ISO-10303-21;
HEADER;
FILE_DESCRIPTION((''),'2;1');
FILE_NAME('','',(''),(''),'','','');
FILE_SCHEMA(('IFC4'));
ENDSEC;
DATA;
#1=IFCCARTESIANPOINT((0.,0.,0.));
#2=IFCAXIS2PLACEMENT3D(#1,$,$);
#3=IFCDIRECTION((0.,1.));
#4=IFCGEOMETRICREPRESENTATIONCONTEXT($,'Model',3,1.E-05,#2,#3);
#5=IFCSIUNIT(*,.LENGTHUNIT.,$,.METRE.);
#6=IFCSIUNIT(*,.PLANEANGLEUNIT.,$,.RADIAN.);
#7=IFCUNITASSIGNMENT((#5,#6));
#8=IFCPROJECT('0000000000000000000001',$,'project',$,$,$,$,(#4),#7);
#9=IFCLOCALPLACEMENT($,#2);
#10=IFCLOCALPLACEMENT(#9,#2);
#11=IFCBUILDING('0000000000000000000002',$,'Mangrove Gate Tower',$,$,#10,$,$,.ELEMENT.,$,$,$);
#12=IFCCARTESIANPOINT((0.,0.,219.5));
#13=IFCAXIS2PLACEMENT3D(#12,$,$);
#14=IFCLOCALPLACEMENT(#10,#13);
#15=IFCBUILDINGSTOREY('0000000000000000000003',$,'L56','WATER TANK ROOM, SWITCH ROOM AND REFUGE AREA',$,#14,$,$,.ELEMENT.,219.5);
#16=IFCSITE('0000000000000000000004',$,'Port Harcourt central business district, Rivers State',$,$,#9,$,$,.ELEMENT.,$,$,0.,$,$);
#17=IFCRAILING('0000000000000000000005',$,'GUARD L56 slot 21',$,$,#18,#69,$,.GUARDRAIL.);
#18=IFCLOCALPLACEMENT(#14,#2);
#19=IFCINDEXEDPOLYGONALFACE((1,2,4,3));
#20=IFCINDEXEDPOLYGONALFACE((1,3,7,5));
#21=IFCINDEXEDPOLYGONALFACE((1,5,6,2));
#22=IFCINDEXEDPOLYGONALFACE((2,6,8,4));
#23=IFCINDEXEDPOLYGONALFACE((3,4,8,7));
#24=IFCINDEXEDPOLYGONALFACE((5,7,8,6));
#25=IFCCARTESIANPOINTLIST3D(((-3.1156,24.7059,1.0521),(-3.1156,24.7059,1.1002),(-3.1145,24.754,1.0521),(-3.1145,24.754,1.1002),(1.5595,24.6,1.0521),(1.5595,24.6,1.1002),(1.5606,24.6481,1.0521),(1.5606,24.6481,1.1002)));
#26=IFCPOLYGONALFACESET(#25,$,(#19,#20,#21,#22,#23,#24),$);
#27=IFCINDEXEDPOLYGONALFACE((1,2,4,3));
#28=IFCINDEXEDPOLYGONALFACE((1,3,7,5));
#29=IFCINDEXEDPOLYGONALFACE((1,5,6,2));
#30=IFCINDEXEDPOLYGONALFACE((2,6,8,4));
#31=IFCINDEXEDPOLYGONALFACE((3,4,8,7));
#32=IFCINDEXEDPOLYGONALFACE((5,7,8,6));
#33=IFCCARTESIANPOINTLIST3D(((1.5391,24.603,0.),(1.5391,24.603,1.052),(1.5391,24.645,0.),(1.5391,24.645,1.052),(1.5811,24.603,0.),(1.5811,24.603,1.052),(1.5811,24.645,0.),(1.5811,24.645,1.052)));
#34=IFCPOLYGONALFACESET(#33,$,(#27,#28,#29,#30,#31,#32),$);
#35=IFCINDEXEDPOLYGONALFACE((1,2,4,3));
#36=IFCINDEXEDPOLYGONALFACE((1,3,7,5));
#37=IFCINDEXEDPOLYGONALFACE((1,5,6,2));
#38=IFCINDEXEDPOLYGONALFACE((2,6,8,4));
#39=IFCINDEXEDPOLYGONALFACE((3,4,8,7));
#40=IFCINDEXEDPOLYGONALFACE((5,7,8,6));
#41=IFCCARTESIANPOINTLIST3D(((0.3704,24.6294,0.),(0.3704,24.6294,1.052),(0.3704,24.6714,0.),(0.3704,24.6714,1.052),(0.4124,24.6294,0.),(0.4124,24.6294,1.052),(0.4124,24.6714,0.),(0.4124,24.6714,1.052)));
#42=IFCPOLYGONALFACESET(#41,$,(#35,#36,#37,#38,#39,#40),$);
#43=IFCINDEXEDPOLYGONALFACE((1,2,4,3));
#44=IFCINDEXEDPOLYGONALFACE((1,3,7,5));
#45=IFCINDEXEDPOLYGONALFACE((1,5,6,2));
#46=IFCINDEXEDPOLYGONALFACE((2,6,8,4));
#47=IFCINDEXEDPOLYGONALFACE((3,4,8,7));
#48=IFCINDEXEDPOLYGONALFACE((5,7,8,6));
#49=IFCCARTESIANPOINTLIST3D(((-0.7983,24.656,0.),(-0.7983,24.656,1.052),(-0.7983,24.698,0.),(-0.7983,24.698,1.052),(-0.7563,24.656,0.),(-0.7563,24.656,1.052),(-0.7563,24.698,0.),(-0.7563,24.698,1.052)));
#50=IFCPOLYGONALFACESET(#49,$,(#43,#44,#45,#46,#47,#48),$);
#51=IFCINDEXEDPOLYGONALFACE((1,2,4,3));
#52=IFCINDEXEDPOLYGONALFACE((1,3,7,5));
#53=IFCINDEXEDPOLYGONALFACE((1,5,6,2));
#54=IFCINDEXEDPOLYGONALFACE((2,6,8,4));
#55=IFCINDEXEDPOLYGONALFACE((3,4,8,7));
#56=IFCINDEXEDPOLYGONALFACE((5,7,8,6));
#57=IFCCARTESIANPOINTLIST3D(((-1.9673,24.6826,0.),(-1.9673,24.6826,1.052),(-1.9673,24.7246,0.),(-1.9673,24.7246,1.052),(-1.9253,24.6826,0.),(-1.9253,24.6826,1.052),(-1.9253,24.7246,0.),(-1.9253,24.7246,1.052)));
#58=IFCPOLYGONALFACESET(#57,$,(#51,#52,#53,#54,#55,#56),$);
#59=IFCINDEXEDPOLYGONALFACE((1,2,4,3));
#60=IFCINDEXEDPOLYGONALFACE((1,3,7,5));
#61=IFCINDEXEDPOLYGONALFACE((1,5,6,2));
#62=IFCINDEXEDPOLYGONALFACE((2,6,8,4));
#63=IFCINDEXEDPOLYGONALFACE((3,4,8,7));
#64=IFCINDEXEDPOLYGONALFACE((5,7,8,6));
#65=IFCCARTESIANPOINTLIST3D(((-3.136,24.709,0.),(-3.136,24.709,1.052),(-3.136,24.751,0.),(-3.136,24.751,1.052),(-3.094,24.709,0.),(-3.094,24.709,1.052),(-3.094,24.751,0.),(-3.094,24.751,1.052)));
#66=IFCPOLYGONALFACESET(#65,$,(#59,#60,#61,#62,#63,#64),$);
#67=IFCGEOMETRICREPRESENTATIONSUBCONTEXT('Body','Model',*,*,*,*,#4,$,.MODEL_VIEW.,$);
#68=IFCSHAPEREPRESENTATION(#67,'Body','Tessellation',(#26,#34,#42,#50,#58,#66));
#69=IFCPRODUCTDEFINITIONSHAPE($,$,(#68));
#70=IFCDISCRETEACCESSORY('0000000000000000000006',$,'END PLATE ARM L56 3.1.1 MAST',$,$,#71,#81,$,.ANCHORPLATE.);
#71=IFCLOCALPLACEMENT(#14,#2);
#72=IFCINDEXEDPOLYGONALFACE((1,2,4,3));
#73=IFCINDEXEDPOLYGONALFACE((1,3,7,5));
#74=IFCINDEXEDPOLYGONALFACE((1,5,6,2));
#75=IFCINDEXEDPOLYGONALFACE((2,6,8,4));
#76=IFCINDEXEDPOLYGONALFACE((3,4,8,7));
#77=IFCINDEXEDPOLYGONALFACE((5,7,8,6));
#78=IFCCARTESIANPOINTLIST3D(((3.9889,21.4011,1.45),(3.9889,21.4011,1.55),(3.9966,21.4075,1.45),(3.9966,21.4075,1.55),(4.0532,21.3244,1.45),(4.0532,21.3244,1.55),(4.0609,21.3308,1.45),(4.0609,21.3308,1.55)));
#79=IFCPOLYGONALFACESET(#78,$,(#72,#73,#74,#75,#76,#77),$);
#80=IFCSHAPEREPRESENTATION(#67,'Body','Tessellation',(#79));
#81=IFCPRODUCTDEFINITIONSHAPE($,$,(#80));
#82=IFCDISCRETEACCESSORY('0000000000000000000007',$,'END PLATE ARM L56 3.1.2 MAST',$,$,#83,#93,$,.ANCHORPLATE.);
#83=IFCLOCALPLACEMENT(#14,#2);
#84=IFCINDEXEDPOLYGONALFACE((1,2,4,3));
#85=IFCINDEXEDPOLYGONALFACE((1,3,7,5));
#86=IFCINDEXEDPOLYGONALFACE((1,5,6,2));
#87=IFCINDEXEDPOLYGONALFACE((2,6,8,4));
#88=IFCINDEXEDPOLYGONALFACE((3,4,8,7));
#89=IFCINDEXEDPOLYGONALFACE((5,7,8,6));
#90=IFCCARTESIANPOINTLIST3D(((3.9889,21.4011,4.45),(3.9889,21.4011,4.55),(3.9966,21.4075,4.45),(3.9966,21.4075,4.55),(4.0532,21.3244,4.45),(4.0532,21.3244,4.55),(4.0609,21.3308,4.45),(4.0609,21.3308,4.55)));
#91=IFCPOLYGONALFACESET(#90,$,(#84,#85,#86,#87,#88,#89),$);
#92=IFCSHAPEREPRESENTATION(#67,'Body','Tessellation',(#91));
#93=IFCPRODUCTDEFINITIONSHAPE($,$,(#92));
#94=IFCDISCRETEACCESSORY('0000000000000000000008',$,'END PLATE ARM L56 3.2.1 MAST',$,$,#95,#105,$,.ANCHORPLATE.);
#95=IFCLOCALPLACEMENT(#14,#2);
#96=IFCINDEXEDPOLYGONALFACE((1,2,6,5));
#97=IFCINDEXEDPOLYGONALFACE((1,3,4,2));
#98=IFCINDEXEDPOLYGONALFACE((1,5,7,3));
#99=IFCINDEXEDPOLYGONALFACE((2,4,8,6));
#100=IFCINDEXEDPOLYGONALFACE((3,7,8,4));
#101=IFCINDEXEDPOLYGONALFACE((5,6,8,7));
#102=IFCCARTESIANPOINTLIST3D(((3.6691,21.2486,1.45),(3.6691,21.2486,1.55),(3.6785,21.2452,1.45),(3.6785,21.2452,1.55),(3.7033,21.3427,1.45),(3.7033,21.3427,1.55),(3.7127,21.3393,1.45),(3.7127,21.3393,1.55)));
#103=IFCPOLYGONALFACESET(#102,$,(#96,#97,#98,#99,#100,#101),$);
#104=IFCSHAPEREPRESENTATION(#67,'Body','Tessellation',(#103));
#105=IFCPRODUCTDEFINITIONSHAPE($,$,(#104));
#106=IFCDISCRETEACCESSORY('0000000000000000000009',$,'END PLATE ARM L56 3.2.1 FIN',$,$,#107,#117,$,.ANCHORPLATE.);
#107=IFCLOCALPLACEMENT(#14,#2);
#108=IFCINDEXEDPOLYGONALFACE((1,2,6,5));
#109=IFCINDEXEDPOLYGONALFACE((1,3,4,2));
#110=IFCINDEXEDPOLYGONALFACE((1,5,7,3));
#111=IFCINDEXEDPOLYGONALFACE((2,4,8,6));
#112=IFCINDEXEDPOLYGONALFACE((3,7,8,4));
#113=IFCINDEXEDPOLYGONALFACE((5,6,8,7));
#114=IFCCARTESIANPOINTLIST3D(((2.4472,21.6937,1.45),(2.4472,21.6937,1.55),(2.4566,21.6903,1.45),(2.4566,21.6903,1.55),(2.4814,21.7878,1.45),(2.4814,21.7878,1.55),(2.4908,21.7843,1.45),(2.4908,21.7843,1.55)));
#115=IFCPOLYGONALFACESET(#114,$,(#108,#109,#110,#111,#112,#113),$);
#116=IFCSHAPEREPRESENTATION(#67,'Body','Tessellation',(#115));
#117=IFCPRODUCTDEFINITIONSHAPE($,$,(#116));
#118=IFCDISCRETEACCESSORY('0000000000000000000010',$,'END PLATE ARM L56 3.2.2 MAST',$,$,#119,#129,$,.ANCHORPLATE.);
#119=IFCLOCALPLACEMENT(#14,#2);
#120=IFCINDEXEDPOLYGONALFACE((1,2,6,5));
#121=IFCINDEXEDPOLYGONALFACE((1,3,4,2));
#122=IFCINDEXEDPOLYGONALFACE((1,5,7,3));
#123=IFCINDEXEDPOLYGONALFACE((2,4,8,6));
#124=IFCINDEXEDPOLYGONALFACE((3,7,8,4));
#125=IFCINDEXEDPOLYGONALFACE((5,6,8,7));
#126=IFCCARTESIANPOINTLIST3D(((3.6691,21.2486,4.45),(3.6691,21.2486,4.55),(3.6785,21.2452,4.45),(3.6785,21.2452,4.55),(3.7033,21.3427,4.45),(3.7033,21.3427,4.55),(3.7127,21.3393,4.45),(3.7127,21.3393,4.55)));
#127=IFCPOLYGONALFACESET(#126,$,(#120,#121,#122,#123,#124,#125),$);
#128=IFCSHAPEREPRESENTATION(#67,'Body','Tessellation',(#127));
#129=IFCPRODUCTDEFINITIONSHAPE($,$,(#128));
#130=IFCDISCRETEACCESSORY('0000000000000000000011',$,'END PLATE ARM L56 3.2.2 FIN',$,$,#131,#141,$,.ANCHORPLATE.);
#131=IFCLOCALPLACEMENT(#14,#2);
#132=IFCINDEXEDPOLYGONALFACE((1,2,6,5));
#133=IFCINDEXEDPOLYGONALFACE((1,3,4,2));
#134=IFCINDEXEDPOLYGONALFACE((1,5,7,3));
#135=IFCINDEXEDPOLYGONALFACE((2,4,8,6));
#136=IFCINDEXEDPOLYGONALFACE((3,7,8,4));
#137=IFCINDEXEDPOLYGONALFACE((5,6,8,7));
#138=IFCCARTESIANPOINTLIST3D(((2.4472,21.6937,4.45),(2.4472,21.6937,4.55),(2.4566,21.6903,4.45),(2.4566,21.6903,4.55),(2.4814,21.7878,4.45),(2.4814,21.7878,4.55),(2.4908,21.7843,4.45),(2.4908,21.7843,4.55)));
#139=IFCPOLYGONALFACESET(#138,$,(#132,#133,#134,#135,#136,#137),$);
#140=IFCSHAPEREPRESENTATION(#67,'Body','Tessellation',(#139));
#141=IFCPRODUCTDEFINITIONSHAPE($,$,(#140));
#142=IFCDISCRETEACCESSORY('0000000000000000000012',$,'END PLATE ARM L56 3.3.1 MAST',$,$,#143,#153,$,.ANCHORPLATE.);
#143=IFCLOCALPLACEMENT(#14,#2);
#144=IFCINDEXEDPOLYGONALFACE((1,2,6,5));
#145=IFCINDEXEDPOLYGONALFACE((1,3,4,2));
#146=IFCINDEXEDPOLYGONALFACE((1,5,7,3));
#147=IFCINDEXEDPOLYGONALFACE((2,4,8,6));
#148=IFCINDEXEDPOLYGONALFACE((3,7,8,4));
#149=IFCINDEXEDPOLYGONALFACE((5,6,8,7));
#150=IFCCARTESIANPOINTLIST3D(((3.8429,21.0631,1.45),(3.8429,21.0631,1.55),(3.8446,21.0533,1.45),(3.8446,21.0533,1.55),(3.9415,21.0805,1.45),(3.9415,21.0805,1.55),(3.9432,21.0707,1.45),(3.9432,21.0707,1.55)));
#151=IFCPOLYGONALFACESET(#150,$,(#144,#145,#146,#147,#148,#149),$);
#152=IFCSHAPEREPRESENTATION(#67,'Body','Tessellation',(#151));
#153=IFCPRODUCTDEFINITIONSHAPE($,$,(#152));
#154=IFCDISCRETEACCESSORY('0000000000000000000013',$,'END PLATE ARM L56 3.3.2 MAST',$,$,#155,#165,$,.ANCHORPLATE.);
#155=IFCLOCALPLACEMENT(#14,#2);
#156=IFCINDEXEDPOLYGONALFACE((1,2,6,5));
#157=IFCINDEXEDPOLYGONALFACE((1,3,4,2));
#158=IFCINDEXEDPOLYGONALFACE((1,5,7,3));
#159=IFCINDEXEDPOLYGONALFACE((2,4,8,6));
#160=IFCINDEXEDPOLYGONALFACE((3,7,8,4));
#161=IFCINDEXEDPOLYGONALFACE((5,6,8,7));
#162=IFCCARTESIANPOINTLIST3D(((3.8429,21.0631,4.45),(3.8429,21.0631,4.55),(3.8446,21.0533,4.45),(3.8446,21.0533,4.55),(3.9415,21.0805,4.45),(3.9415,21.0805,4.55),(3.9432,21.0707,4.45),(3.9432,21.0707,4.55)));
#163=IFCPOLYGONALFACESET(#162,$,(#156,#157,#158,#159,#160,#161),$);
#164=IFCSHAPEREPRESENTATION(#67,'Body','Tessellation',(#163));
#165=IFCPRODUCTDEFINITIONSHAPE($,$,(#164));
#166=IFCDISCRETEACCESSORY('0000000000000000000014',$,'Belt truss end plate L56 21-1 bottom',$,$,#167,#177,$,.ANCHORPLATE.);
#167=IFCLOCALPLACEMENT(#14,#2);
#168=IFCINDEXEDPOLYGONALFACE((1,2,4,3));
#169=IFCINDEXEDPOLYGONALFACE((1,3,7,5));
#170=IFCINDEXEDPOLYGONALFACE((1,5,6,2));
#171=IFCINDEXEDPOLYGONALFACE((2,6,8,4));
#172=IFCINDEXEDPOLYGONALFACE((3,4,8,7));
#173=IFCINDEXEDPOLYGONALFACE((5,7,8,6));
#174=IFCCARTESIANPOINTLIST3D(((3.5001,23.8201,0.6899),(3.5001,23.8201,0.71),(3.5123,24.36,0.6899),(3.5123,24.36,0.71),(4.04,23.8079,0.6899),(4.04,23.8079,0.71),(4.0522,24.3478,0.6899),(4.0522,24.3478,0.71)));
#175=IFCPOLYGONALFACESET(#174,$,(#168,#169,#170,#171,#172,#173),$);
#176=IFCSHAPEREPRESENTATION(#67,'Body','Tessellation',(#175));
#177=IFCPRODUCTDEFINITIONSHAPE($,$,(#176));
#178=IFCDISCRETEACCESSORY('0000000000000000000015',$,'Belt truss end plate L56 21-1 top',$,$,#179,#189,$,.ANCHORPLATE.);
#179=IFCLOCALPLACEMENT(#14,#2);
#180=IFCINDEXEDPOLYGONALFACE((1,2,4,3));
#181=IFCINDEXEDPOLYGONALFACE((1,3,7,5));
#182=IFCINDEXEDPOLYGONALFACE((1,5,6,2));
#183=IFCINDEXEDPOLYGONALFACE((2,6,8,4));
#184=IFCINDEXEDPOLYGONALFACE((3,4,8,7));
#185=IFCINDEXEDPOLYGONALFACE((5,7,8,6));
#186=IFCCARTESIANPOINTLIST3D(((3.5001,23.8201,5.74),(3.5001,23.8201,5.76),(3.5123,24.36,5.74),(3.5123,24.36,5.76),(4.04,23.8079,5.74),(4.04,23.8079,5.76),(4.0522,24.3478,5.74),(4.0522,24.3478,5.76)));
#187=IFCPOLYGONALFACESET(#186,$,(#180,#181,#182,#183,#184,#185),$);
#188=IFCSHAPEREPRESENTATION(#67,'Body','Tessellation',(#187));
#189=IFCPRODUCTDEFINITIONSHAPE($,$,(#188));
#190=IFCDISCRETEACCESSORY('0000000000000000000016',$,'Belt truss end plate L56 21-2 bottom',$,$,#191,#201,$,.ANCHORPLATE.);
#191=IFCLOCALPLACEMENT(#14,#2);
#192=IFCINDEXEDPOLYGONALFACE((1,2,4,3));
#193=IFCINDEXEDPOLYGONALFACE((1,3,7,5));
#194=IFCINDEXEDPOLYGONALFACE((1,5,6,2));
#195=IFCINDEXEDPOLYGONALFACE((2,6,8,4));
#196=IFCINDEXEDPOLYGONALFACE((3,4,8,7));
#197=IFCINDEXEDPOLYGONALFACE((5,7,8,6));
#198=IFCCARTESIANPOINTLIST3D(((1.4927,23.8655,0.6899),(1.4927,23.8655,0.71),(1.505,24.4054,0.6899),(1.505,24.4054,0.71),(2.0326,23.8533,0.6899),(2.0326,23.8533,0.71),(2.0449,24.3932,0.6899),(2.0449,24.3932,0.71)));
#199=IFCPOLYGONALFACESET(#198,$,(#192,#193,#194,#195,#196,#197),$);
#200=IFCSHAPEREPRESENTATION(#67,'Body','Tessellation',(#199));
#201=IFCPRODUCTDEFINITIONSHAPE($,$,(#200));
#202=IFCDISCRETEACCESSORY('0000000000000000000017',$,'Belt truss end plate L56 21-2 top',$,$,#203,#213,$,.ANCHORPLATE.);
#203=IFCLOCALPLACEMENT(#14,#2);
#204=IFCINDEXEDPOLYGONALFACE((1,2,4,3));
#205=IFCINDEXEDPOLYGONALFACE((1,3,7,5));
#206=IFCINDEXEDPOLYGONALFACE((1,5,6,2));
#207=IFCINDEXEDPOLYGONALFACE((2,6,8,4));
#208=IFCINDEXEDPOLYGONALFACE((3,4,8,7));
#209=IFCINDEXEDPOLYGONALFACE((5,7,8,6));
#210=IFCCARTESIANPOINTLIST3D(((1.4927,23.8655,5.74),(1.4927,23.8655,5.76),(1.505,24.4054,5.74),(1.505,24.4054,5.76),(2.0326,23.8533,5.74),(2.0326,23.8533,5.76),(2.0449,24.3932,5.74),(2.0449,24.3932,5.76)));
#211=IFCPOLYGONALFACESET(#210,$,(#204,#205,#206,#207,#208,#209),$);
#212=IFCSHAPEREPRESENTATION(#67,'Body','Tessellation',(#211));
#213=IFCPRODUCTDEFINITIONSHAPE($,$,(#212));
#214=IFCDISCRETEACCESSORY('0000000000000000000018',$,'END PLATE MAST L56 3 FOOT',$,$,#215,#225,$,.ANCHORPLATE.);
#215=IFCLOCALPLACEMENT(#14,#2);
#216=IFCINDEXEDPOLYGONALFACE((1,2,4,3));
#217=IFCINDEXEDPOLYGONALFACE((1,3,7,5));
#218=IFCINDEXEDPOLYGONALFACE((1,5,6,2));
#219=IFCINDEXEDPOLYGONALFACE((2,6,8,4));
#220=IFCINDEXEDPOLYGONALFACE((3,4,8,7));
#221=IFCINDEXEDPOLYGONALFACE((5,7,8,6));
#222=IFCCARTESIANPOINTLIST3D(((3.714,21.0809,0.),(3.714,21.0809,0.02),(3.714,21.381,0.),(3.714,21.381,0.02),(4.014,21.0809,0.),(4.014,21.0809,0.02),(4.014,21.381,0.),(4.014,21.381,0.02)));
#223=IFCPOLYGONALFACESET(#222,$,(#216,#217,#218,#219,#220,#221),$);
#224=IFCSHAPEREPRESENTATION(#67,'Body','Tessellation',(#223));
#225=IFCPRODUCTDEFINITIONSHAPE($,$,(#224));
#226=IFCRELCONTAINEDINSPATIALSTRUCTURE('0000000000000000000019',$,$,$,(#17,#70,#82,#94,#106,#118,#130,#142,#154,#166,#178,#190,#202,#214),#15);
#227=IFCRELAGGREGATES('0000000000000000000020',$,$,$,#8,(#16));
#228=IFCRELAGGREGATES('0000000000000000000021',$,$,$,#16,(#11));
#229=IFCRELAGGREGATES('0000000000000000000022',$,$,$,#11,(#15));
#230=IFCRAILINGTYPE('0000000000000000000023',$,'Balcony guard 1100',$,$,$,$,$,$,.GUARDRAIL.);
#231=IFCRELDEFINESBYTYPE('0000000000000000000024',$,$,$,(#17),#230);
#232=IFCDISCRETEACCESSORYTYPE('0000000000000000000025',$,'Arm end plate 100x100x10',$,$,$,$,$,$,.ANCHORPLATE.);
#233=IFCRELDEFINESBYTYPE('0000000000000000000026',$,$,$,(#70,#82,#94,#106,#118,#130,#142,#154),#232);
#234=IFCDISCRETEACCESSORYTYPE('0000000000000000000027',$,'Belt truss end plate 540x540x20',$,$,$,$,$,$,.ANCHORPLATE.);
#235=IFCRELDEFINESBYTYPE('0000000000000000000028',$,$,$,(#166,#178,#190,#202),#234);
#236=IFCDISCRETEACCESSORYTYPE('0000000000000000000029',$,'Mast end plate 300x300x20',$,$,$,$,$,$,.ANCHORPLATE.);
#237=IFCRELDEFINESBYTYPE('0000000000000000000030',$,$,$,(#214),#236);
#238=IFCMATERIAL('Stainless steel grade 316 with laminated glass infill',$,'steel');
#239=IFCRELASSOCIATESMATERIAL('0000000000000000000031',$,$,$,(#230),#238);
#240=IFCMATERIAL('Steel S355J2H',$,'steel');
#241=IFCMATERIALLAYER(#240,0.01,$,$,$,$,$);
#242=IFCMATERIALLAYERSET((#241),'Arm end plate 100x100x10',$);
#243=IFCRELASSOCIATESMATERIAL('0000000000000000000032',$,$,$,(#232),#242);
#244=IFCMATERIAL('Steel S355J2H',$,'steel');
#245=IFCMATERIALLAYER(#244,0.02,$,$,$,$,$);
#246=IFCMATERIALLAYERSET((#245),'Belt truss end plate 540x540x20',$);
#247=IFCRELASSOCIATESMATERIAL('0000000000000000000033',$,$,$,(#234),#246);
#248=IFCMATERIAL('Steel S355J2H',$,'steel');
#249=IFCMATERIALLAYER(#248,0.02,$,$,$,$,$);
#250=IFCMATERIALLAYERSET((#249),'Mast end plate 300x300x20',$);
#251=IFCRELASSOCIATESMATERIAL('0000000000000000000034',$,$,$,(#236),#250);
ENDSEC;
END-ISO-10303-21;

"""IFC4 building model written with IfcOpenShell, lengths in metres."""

from ifc_helpers import new_model, si_unit, direction, frame, origin, origin_2d, place, context, subcontext, project, spatial, rectangle, extrude, material, layer, layer_set, type_object, element, save


model = new_model("IFC4")

# Units and contexts
model_context = context("Model", 3, precision=1e-05, world=origin(), true_north=direction((0.0, 1.0)))
body_context = subcontext(model_context, "Body", "Model", "MODEL_VIEW")
ifc_project = project(units=[si_unit("LENGTHUNIT", "METRE"), si_unit("PLANEANGLEUNIT", "RADIAN")], contexts=[model_context])

# Site, building, storey
site_placement = place(None, origin())
site = spatial("IfcSite", under=ifc_project, at=site_placement, Name="Port Harcourt central business district, Rivers State", CompositionType="ELEMENT", RefElevation=0.0)
building_placement = place(site_placement, origin())
building = spatial("IfcBuilding", under=site, at=building_placement, Name="Mangrove Gate Tower", CompositionType="ELEMENT")
storey_placement = place(building_placement, frame((0.0, 0.0, 219.5)))
storey = spatial("IfcBuildingStorey", under=building, at=storey_placement, Name="L56", Description="WATER TANK ROOM, SWITCH ROOM AND REFUGE AREA", CompositionType="ELEMENT", Elevation=219.5)

# Railing
ifc_material_1 = material(Name="Stainless steel grade 316 with laminated glass infill", Category="steel")
railing_type = type_object("IfcRailingType", Name="Balcony guard 1100", PredefinedType="GUARDRAIL", material=ifc_material_1)
railing_placement = place(storey_placement, frame((1.5601, 24.624, 0.0)))
element("IfcRailing", 1, at=railing_placement, inside=storey, type_object=railing_type, Name="GUARD L56 slot 21", PredefinedType="GUARDRAIL", context=body_context, shape_type="SweptSolid", body=[
    extrude(rectangle(XDim=0.0481, YDim=0.0481, at=origin_2d()), frame((0.0, 0.0, 1.0762), z_axis=(-0.999743, 0.022659, 0.0), x_axis=(-0.022659, -0.999743, 0.0)), (0.0, 0.0, 1.0), 4.6763),
    extrude(rectangle(XDim=0.042, YDim=0.042, at=origin_2d()), origin(), (0.0, 0.0, 1.0), 1.052),
    extrude(rectangle(XDim=0.042, YDim=0.042, at=origin_2d()), frame((-1.1687, 0.0264, 0.0)), (0.0, 0.0, 1.0), 1.052),
    extrude(rectangle(XDim=0.042, YDim=0.042, at=origin_2d()), frame((-2.3374, 0.053, 0.0)), (0.0, 0.0, 1.0), 1.052),
    extrude(rectangle(XDim=0.042, YDim=0.042, at=origin_2d()), frame((-3.5063, 0.0796, 0.0)), (0.0, 0.0, 1.0), 1.052),
    extrude(rectangle(XDim=0.042, YDim=0.042, at=origin_2d()), frame((-4.675, 0.106, 0.0)), (0.0, 0.0, 1.0), 1.052),
])

# Discrete accessories
ifc_material_2 = material(Name="Steel S355J2H", Category="steel")
ifc_layer_1 = layer(ifc_material_2, 0.01)
ifc_layer_set_1 = layer_set([ifc_layer_1], Name="Arm end plate 100x100x10")
discrete_accessory_type_1 = type_object("IfcDiscreteAccessoryType", Name="Arm end plate 100x100x10", PredefinedType="ANCHORPLATE", material=ifc_layer_set_1)
for number, where, z_axis, x_axis, name in (
    (2, (4.0249, 21.366, 1.45), (0.0, 0.0, 1.0), (0.766044, 0.642788, 0.0), "END PLATE ARM L56 3.1.1 MAST"),
    (3, (4.0249, 21.366, 4.45), (0.0, 0.0, 1.0), (0.766044, 0.642788, 0.0), "END PLATE ARM L56 3.1.2 MAST"),
    (4, (3.6909, 21.2939, 1.45), (0.0, 0.0, 1.0), (-0.939693, 0.34202, 0.0), "END PLATE ARM L56 3.2.1 MAST"),
    (5, (2.469, 21.739, 1.45), (0.0, 0.0, 1.0), (-0.939693, 0.34202, 0.0), "END PLATE ARM L56 3.2.1 FIN"),
    (6, (3.6909, 21.2939, 4.45), (0.0, 0.0, 1.0), (-0.939693, 0.34202, 0.0), "END PLATE ARM L56 3.2.2 MAST"),
    (7, (2.469, 21.739, 4.45), (0.0, 0.0, 1.0), (-0.939693, 0.34202, 0.0), "END PLATE ARM L56 3.2.2 FIN"),
    (8, (3.8931, 21.0669, 1.45), (0.0, 0.0, 1.0), (0.173648, -0.984808, 0.0), "END PLATE ARM L56 3.3.1 MAST"),
    (9, (3.8931, 21.0669, 4.45), (0.0, 0.0, 1.0), (0.173648, -0.984808, 0.0), "END PLATE ARM L56 3.3.2 MAST"),
):
    element("IfcDiscreteAccessory", number, at=place(storey_placement, frame(where, z_axis=z_axis, x_axis=x_axis)), inside=storey, type_object=discrete_accessory_type_1, Name=name, PredefinedType="ANCHORPLATE", context=body_context, shape_type="SweptSolid", body=[
        extrude(rectangle(XDim=0.01, YDim=0.1001, at=origin_2d()), origin(), (0.0, 0.0, 1.0), 0.1001),
    ])
ifc_material_3 = material(Name="Steel S355J2H", Category="steel")
ifc_layer_2 = layer(ifc_material_3, 0.02)
ifc_layer_set_2 = layer_set([ifc_layer_2], Name="Belt truss end plate 540x540x20")
discrete_accessory_type_2 = type_object("IfcDiscreteAccessoryType", Name="Belt truss end plate 540x540x20", PredefinedType="ANCHORPLATE", material=ifc_layer_set_2)
for number, where, z_axis, x_axis, name in (
    (10, (3.7761, 24.084, 0.6899), (0.0, 0.0, 1.0), (-0.999745, 0.0226, 0.0), "Belt truss end plate L56 21-1 bottom"),
    (11, (3.7761, 24.084, 5.74), (0.0, 0.0, 1.0), (-0.999745, 0.0226, 0.0), "Belt truss end plate L56 21-1 top"),
    (12, (1.7688, 24.1294, 0.6899), (0.0, 0.0, 1.0), (-0.999745, 0.0226, 0.0), "Belt truss end plate L56 21-2 bottom"),
    (13, (1.7688, 24.1294, 5.74), (0.0, 0.0, 1.0), (-0.999745, 0.0226, 0.0), "Belt truss end plate L56 21-2 top"),
):
    element("IfcDiscreteAccessory", number, at=place(storey_placement, frame(where, z_axis=z_axis, x_axis=x_axis)), inside=storey, type_object=discrete_accessory_type_2, Name=name, PredefinedType="ANCHORPLATE", context=body_context, shape_type="SweptSolid", body=[
        extrude(rectangle(XDim=0.54, YDim=0.54, at=origin_2d()), origin(), (0.0, 0.0, 1.0), 0.02),
    ])
ifc_material_4 = material(Name="Steel S355J2H", Category="steel")
ifc_layer_3 = layer(ifc_material_4, 0.02)
ifc_layer_set_3 = layer_set([ifc_layer_3], Name="Mast end plate 300x300x20")
discrete_accessory_type_3 = type_object("IfcDiscreteAccessoryType", Name="Mast end plate 300x300x20", PredefinedType="ANCHORPLATE", material=ifc_layer_set_3)
for number, where, z_axis, x_axis, name in (
    (14, (3.864, 21.231, 0.0), (0.0, 0.0, 1.0), (1.0, 0.0, 0.0), "END PLATE MAST L56 3 FOOT"),
):
    element("IfcDiscreteAccessory", number, at=place(storey_placement, frame(where, z_axis=z_axis, x_axis=x_axis)), inside=storey, type_object=discrete_accessory_type_3, Name=name, PredefinedType="ANCHORPLATE", context=body_context, shape_type="SweptSolid", body=[
        extrude(rectangle(XDim=0.3, YDim=0.3, at=origin_2d()), origin(), (0.0, 0.0, 1.0), 0.02),
    ])

save(model, "model.ifc")
